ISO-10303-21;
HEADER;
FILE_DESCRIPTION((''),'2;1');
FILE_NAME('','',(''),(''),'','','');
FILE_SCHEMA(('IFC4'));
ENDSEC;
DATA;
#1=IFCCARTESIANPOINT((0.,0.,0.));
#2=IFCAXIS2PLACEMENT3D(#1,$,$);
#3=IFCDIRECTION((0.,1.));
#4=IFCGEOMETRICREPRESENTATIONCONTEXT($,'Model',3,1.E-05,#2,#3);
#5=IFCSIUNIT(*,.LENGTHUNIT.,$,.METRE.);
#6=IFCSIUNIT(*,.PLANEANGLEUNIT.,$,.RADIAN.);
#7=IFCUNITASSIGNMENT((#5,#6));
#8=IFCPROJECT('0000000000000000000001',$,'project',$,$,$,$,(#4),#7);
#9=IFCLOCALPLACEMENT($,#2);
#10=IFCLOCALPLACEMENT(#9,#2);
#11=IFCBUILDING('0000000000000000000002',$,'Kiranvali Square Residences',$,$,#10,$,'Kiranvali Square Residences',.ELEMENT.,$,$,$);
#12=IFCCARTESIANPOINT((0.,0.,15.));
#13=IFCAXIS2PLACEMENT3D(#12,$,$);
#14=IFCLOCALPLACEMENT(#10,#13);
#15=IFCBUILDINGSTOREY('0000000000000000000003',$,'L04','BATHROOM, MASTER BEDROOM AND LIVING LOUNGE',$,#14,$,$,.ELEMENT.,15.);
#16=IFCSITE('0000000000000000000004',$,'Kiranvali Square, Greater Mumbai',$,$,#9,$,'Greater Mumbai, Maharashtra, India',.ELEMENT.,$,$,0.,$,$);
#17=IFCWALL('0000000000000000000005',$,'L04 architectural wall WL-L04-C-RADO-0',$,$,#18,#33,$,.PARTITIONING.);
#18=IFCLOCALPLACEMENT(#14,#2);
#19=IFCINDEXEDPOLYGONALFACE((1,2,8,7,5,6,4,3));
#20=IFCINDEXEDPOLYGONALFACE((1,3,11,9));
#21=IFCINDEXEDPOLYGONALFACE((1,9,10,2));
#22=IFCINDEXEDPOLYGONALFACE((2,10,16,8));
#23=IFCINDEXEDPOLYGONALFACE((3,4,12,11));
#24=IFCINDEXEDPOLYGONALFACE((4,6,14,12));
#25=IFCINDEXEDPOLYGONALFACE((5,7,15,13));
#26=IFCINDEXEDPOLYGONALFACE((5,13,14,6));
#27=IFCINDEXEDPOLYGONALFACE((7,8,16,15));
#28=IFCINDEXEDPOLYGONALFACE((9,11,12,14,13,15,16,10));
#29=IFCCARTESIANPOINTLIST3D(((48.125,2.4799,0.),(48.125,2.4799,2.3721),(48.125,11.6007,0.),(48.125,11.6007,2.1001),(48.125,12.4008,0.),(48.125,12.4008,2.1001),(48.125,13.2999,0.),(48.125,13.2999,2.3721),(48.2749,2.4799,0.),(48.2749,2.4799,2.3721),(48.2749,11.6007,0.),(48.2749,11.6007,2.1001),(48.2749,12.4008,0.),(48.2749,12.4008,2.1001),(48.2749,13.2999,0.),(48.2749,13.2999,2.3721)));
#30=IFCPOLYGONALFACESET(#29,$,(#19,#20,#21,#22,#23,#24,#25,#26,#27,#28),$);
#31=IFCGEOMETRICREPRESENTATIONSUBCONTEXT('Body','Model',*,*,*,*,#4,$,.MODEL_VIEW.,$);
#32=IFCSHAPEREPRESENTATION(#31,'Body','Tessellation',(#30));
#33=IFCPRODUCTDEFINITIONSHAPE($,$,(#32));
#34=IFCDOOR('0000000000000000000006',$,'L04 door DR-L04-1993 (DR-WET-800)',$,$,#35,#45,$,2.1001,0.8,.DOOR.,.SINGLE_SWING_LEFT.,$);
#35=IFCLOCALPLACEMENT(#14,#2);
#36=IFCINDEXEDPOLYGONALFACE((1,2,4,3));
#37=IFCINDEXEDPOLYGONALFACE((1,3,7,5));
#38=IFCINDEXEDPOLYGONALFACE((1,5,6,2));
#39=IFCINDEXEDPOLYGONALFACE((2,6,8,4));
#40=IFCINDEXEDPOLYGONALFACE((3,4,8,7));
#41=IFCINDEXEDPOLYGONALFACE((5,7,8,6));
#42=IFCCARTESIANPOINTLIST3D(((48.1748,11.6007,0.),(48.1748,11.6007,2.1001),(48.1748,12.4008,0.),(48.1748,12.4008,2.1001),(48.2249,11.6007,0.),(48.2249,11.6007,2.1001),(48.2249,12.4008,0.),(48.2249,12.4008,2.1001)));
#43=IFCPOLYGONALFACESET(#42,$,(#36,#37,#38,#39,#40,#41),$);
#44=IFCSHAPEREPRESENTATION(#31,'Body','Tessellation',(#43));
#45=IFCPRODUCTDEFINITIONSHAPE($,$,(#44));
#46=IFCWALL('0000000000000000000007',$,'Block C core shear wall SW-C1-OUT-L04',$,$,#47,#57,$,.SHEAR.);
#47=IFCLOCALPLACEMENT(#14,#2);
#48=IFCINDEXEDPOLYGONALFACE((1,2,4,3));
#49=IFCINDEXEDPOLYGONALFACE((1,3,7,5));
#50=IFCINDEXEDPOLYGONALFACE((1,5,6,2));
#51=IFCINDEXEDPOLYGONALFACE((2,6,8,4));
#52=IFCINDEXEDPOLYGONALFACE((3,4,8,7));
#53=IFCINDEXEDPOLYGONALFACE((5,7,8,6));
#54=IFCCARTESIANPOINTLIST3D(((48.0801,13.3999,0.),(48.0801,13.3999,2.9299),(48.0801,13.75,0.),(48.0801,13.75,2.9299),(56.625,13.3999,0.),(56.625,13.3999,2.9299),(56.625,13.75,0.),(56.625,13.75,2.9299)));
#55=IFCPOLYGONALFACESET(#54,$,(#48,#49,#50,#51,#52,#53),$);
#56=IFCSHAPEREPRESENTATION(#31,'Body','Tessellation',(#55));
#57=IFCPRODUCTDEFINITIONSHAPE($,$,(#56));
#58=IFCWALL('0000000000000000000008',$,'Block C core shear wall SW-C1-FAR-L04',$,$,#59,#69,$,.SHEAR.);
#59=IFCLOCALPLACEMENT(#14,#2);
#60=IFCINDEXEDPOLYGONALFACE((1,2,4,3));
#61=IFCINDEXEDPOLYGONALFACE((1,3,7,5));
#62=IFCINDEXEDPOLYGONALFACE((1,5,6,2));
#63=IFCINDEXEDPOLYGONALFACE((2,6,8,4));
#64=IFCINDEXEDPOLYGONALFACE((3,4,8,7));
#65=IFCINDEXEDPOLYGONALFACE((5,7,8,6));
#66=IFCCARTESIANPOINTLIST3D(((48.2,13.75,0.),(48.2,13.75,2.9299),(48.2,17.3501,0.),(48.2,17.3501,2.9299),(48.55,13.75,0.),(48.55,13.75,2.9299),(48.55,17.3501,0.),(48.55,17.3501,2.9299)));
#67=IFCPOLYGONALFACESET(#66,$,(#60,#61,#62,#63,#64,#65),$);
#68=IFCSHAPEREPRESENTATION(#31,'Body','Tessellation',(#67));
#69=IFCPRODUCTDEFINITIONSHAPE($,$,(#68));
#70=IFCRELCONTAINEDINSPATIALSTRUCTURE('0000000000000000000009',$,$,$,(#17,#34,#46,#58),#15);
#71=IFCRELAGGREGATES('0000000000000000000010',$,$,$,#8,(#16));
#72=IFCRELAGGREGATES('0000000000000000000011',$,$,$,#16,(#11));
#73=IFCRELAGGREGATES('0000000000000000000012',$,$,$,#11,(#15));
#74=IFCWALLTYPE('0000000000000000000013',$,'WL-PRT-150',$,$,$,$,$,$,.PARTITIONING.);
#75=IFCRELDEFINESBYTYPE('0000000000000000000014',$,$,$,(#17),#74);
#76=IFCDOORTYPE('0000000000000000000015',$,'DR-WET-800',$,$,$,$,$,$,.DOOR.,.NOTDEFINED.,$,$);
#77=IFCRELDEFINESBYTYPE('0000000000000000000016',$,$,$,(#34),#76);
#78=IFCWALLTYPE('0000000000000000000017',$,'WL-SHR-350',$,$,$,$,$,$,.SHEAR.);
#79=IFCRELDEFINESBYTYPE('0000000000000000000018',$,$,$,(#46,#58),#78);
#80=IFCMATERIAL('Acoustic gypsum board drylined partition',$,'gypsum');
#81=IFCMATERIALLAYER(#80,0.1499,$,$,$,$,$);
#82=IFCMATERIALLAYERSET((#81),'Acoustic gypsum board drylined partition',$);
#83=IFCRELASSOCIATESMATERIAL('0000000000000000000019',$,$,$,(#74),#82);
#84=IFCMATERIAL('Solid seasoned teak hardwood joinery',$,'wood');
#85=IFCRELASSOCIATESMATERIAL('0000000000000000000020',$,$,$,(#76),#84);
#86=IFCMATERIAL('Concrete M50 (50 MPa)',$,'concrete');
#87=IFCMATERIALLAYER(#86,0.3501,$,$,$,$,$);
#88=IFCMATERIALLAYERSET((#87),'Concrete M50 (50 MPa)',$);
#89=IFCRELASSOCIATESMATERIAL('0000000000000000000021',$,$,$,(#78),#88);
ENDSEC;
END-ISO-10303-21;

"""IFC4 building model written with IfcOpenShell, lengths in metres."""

from ifc_helpers import new_model, si_unit, direction, frame, frame_2d, origin, place, context, subcontext, project, spatial, rectangle, extrude, material, layer, layer_set, type_object, element, fill, save


model = new_model("IFC4")

# Units and contexts
model_context = context("Model", 3, precision=1e-05, world=origin(), true_north=direction((0.0, 1.0)))
body_context = subcontext(model_context, "Body", "Model", "MODEL_VIEW")
ifc_project = project(units=[si_unit("LENGTHUNIT", "METRE"), si_unit("PLANEANGLEUNIT", "RADIAN")], contexts=[model_context])

# Site, building, storey
site_placement = place(None, origin())
site = spatial("IfcSite", under=ifc_project, at=site_placement, Name="Kiranvali Square, Greater Mumbai", LongName="Greater Mumbai, Maharashtra, India", CompositionType="ELEMENT", RefElevation=0.0)
building_placement = place(site_placement, origin())
building = spatial("IfcBuilding", under=site, at=building_placement, Name="Kiranvali Square Residences", LongName="Kiranvali Square Residences", CompositionType="ELEMENT")
storey_placement = place(building_placement, frame((0.0, 0.0, 15.0)))
storey = spatial("IfcBuildingStorey", under=building, at=storey_placement, Name="L04", Description="BATHROOM, MASTER BEDROOM AND LIVING LOUNGE", CompositionType="ELEMENT", Elevation=15.0)

# Shared definitions
ifc_material_1 = material(Name="Concrete M50 (50 MPa)", Category="concrete")

# Wall, opening, door
ifc_material_2 = material(Name="Acoustic gypsum board drylined partition", Category="gypsum")
ifc_layer_1 = layer(ifc_material_2, 0.1499)
ifc_layer_set_1 = layer_set([ifc_layer_1], Name="Acoustic gypsum board drylined partition")
wall_type_1 = type_object("IfcWallType", Name="WL-PRT-150", PredefinedType="PARTITIONING", material=ifc_layer_set_1)
wall_1_placement = place(storey_placement, frame((48.2, 13.3, 0.0), z_axis=(0.0, 0.0, 1.0), x_axis=(0.0, -1.0, 0.0)))
wall_1 = element("IfcWall", 1, at=wall_1_placement, inside=storey, type_object=wall_type_1, Name="L04 architectural wall WL-L04-C-RADO-0", PredefinedType="PARTITIONING", context=body_context, shape_type="SweptSolid", body=[
    extrude(rectangle(XDim=10.8201, YDim=0.1499, at=frame_2d((5.4102, 0.0))), origin(), (0.0, 0.0, 1.0), 2.3721),
])
opening_1_placement = place(wall_1_placement, frame((0.8994, 0.0, 0.0)))
opening_1 = element("IfcOpeningElement", 2, at=opening_1_placement, cuts=wall_1, PredefinedType="OPENING", context=body_context, shape_type="SweptSolid", body=[
    extrude(rectangle(XDim=0.8, YDim=2.1001, at=frame_2d((0.3999, 1.05))), frame((0.0, 0.085, 0.0), z_axis=(0.0, -1.0, 0.0), x_axis=(1.0, 0.0, 0.0)), (0.0, 0.0, 1.0), 0.1699),
])
ifc_material_3 = material(Name="Solid seasoned teak hardwood joinery", Category="wood")
door_type_1 = type_object("IfcDoorType", Name="DR-WET-800", OperationType="NOTDEFINED", PredefinedType="DOOR", material=ifc_material_3)
door_1_placement = place(opening_1_placement, origin())
door_1 = element("IfcDoor", 3, at=door_1_placement, inside=storey, type_object=door_type_1, Name="L04 door DR-L04-1993 (DR-WET-800)", OperationType="SINGLE_SWING_LEFT", OverallHeight=2.1001, OverallWidth=0.8, PredefinedType="DOOR", context=body_context, shape_type="SweptSolid", body=[
    extrude(rectangle(XDim=0.8, YDim=2.1001, at=frame_2d((0.3999, 1.05))), frame((0.0, 0.0249, 0.0), z_axis=(0.0, -1.0, 0.0), x_axis=(1.0, 0.0, 0.0)), (0.0, 0.0, 1.0), 0.05),
])
fill(opening_1, door_1)

# Walls
ifc_layer_2 = layer(ifc_material_1, 0.3501)
ifc_layer_set_2 = layer_set([ifc_layer_2], Name="Concrete M50 (50 MPa)")
wall_type_2 = type_object("IfcWallType", Name="WL-SHR-350", PredefinedType="SHEAR", material=ifc_layer_set_2)
wall_2_placement = place(storey_placement, frame((48.0801, 13.575, 0.0), z_axis=(0.0, 0.0, 1.0), x_axis=(1.0, 0.0, 0.0)))
element("IfcWall", 4, at=wall_2_placement, inside=storey, type_object=wall_type_2, Name="Block C core shear wall SW-C1-OUT-L04", PredefinedType="SHEAR", context=body_context, shape_type="SweptSolid", body=[
    extrude(rectangle(XDim=8.5449, YDim=0.3501, at=frame_2d((4.2725, 0.0))), origin(), (0.0, 0.0, 1.0), 2.9299),
])
wall_3_placement = place(storey_placement, frame((48.375, 17.3501, 0.0), z_axis=(0.0, 0.0, 1.0), x_axis=(0.0, -1.0, 0.0)))
element("IfcWall", 5, at=wall_3_placement, inside=storey, type_object=wall_type_2, Name="Block C core shear wall SW-C1-FAR-L04", PredefinedType="SHEAR", context=body_context, shape_type="SweptSolid", body=[
    extrude(rectangle(XDim=3.6001, YDim=0.3501, at=frame_2d((1.8, 0.0))), origin(), (0.0, 0.0, 1.0), 2.9299),
])

save(model, "model.ifc")
